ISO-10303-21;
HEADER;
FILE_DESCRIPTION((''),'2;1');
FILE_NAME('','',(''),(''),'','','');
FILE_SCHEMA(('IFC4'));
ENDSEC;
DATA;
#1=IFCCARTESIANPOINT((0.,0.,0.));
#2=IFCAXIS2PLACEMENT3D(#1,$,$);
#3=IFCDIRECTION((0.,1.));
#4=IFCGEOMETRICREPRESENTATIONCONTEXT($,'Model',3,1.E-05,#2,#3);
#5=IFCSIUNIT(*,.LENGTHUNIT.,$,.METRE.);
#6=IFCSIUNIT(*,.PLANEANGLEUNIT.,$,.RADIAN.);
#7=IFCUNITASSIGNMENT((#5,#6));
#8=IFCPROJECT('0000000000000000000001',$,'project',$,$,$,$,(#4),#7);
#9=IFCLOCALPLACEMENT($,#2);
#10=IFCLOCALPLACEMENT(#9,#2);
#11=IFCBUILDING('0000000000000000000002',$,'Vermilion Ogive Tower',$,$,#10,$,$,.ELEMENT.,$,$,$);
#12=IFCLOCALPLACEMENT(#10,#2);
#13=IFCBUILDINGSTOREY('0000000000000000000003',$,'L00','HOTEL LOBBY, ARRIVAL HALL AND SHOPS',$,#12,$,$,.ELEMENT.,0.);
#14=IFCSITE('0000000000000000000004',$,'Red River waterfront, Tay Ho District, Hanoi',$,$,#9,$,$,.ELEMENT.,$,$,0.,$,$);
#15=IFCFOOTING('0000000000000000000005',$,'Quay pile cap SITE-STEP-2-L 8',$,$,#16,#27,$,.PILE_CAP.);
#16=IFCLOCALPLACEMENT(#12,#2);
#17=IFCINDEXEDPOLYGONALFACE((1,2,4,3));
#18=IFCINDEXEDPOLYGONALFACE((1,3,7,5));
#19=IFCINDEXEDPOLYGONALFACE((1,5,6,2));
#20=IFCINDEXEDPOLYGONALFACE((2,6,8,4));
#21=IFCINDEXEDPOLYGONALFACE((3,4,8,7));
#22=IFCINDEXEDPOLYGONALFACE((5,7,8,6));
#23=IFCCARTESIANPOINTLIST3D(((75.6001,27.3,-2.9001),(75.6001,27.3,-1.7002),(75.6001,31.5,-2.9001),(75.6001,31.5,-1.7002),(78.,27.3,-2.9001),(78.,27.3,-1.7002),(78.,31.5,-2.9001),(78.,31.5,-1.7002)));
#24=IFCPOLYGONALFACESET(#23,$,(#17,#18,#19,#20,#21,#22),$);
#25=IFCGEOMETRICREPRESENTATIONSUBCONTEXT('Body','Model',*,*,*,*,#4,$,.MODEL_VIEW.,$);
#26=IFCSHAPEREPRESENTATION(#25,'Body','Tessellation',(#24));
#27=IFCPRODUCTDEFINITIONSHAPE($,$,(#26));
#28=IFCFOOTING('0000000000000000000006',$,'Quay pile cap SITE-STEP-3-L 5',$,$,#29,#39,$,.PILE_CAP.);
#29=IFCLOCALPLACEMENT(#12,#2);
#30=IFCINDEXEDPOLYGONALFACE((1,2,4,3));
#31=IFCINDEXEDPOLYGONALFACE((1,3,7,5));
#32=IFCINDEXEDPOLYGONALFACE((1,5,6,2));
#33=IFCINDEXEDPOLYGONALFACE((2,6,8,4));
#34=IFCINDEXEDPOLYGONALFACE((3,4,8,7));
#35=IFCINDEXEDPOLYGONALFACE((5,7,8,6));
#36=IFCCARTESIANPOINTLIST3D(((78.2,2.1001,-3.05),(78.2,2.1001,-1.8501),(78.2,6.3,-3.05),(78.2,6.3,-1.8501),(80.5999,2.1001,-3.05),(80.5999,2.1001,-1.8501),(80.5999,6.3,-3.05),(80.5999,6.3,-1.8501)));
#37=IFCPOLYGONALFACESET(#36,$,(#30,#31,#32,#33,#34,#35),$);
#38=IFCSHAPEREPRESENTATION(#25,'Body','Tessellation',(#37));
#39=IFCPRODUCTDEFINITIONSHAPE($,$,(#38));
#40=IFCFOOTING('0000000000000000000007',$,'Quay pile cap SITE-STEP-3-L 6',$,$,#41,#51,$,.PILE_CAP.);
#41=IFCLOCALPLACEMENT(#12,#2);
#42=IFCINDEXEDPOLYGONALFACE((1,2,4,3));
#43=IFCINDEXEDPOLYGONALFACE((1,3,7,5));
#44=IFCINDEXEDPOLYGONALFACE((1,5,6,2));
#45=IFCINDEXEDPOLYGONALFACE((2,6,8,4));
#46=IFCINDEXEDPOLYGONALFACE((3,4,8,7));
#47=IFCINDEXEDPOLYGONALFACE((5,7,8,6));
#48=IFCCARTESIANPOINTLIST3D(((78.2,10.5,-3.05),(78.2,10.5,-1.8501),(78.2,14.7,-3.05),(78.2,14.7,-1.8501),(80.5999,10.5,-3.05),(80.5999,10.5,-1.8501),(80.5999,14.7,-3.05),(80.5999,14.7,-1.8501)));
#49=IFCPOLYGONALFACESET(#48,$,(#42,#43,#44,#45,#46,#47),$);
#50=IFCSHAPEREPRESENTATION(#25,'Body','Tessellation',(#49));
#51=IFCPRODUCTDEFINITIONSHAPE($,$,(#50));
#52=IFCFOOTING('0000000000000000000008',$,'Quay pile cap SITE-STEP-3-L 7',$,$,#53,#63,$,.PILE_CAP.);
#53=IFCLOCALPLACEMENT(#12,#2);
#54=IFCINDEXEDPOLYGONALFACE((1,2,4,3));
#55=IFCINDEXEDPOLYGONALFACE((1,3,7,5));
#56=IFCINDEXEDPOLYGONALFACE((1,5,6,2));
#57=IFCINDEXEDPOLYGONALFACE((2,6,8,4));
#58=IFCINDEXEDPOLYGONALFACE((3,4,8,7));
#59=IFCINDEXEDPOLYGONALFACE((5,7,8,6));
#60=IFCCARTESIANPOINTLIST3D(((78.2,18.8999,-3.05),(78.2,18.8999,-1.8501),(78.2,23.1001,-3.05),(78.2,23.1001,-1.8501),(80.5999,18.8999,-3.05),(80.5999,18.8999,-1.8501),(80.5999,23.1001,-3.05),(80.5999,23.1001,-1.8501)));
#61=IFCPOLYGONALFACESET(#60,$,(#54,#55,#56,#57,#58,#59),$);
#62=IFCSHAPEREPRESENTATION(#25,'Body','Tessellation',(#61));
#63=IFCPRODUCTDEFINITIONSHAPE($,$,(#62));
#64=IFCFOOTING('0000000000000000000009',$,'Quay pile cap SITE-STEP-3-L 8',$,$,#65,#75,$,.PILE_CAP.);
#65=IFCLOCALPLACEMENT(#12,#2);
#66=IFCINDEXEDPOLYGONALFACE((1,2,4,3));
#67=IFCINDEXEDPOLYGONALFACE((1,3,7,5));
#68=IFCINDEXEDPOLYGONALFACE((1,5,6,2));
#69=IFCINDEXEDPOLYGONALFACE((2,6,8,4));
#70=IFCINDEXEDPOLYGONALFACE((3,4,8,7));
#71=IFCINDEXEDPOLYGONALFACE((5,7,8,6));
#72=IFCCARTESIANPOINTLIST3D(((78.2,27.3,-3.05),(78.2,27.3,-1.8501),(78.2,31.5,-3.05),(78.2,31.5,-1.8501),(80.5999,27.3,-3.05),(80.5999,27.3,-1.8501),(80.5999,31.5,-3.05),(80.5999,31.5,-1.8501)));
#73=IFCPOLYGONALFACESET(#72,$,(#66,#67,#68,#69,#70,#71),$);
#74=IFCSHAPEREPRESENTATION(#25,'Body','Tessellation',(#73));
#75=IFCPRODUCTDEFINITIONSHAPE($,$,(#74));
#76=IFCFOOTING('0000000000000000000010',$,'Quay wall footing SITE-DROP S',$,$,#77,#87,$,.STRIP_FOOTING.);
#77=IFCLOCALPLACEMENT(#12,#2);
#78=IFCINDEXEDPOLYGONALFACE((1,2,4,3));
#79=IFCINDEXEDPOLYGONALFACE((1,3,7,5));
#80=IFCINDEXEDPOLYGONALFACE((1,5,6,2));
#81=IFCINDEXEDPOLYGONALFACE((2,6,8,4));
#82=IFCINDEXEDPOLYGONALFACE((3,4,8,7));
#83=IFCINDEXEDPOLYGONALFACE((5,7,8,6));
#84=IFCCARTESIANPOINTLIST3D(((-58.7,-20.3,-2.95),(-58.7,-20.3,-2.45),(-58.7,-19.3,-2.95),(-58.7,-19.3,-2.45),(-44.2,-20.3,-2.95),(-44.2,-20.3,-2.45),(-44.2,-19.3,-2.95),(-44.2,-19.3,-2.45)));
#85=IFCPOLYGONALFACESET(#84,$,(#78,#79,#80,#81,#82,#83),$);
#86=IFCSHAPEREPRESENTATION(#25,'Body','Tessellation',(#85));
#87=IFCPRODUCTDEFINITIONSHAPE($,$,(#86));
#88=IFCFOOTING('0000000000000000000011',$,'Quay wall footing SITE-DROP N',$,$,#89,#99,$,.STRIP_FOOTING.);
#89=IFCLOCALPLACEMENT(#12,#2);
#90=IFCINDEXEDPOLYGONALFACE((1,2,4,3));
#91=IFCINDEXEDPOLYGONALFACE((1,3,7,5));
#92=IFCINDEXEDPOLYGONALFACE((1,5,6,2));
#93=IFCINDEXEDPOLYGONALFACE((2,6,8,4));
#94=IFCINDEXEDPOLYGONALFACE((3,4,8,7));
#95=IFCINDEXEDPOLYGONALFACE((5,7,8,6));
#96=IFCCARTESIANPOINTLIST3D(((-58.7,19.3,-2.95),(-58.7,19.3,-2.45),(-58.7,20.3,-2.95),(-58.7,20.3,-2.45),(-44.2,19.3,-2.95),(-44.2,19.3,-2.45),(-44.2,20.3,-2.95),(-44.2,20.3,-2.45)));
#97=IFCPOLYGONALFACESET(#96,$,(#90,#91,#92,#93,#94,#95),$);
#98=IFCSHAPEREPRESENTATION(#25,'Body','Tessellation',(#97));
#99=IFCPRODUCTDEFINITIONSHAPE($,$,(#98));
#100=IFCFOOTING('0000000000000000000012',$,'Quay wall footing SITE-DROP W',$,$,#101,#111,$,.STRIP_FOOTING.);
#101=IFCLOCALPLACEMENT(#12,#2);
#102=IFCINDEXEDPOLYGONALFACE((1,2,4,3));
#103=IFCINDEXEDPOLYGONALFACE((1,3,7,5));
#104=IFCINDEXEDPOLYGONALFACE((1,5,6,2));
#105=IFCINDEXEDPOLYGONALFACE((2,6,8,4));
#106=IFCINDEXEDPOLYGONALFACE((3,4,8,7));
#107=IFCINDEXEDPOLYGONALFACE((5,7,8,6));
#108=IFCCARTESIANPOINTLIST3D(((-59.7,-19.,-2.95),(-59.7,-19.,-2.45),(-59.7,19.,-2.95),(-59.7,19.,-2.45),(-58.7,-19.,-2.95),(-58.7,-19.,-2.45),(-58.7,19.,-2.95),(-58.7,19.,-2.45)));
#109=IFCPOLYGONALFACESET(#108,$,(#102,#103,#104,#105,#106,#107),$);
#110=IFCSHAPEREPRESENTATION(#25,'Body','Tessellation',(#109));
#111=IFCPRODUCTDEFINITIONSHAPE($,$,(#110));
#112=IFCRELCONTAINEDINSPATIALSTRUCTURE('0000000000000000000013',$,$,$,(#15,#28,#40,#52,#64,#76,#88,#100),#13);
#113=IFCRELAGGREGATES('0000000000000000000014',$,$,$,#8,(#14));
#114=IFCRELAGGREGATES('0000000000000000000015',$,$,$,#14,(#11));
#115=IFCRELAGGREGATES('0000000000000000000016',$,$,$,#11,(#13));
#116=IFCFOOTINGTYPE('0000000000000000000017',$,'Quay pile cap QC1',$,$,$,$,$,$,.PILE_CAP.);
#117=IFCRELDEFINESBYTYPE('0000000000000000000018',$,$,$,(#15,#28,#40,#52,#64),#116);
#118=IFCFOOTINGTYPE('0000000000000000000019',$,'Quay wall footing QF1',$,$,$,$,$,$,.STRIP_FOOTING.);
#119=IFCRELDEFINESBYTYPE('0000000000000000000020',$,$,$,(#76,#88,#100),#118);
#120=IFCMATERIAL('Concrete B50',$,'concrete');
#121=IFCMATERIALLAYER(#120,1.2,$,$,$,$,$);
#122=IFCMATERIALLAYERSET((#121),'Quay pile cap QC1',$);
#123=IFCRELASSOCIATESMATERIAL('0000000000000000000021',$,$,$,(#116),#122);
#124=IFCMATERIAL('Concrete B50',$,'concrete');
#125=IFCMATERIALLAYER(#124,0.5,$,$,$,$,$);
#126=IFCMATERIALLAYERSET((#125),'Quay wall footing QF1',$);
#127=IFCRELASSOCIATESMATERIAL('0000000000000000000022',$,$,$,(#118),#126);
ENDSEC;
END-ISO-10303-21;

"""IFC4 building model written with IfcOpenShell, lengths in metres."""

from ifc_helpers import new_model, si_unit, direction, frame, origin, place, context, subcontext, project, spatial, polyline, outline, extrude, material, layer, layer_set, type_object, element, save


model = new_model("IFC4")

# Units and contexts
model_context = context("Model", 3, precision=1e-05, world=origin(), true_north=direction((0.0, 1.0)))
body_context = subcontext(model_context, "Body", "Model", "MODEL_VIEW")
ifc_project = project(units=[si_unit("LENGTHUNIT", "METRE"), si_unit("PLANEANGLEUNIT", "RADIAN")], contexts=[model_context])

# Site, building, storey
site_placement = place(None, origin())
site = spatial("IfcSite", under=ifc_project, at=site_placement, Name="Red River waterfront, Tay Ho District, Hanoi", CompositionType="ELEMENT", RefElevation=0.0)
building_placement = place(site_placement, origin())
building = spatial("IfcBuilding", under=site, at=building_placement, Name="Vermilion Ogive Tower", CompositionType="ELEMENT")
storey_placement = place(building_placement, origin())
storey = spatial("IfcBuildingStorey", under=building, at=storey_placement, Name="L00", Description="HOTEL LOBBY, ARRIVAL HALL AND SHOPS", CompositionType="ELEMENT", Elevation=0.0)

# Footings
ifc_material_1 = material(Name="Concrete B50", Category="concrete")
ifc_layer_1 = layer(ifc_material_1, 1.2)
ifc_layer_set_1 = layer_set([ifc_layer_1], Name="Quay pile cap QC1")
footing_type_1 = type_object("IfcFootingType", Name="Quay pile cap QC1", PredefinedType="PILE_CAP", material=ifc_layer_set_1)
footing_1_placement = place(storey_placement, frame((0.0, 0.0, -2.9001)))
element("IfcFooting", 1, at=footing_1_placement, inside=storey, type_object=footing_type_1, Name="Quay pile cap SITE-STEP-2-L 8", PredefinedType="PILE_CAP", context=body_context, shape_type="SweptSolid", body=[
    extrude(outline(polyline([(78.0, 27.3), (78.0, 31.5), (75.6001, 31.5), (75.6001, 27.3), (78.0, 27.3)])), origin(), (0.0, 0.0, 1.0), 1.2),
])
footing_2_placement = place(storey_placement, frame((0.0, 0.0, -3.05)))
element("IfcFooting", 2, at=footing_2_placement, inside=storey, type_object=footing_type_1, Name="Quay pile cap SITE-STEP-3-L 5", PredefinedType="PILE_CAP", context=body_context, shape_type="SweptSolid", body=[
    extrude(outline(polyline([(80.5999, 2.1001), (80.5999, 6.3), (78.2, 6.3), (78.2, 2.1001), (80.5999, 2.1001)])), origin(), (0.0, 0.0, 1.0), 1.2),
])
footing_3_placement = place(storey_placement, frame((0.0, 0.0, -3.05)))
element("IfcFooting", 3, at=footing_3_placement, inside=storey, type_object=footing_type_1, Name="Quay pile cap SITE-STEP-3-L 6", PredefinedType="PILE_CAP", context=body_context, shape_type="SweptSolid", body=[
    extrude(outline(polyline([(80.5999, 10.5), (80.5999, 14.7), (78.2, 14.7), (78.2, 10.5), (80.5999, 10.5)])), origin(), (0.0, 0.0, 1.0), 1.2),
])
footing_4_placement = place(storey_placement, frame((0.0, 0.0, -3.05)))
element("IfcFooting", 4, at=footing_4_placement, inside=storey, type_object=footing_type_1, Name="Quay pile cap SITE-STEP-3-L 7", PredefinedType="PILE_CAP", context=body_context, shape_type="SweptSolid", body=[
    extrude(outline(polyline([(80.5999, 18.8999), (80.5999, 23.1001), (78.2, 23.1001), (78.2, 18.8999), (80.5999, 18.8999)])), origin(), (0.0, 0.0, 1.0), 1.2),
])
footing_5_placement = place(storey_placement, frame((0.0, 0.0, -3.05)))
element("IfcFooting", 5, at=footing_5_placement, inside=storey, type_object=footing_type_1, Name="Quay pile cap SITE-STEP-3-L 8", PredefinedType="PILE_CAP", context=body_context, shape_type="SweptSolid", body=[
    extrude(outline(polyline([(80.5999, 27.3), (80.5999, 31.5), (78.2, 31.5), (78.2, 27.3), (80.5999, 27.3)])), origin(), (0.0, 0.0, 1.0), 1.2),
])
ifc_material_2 = material(Name="Concrete B50", Category="concrete")
ifc_layer_2 = layer(ifc_material_2, 0.5)
ifc_layer_set_2 = layer_set([ifc_layer_2], Name="Quay wall footing QF1")
footing_type_2 = type_object("IfcFootingType", Name="Quay wall footing QF1", PredefinedType="STRIP_FOOTING", material=ifc_layer_set_2)
footing_6_placement = place(storey_placement, frame((0.0, 0.0, -2.95)))
element("IfcFooting", 6, at=footing_6_placement, inside=storey, type_object=footing_type_2, Name="Quay wall footing SITE-DROP S", PredefinedType="STRIP_FOOTING", context=body_context, shape_type="SweptSolid", body=[
    extrude(outline(polyline([(-44.2, -20.3), (-44.2, -19.3), (-58.7, -19.3), (-58.7, -20.3), (-44.2, -20.3)])), origin(), (0.0, 0.0, 1.0), 0.5),
])
footing_7_placement = place(storey_placement, frame((0.0, 0.0, -2.95)))
element("IfcFooting", 7, at=footing_7_placement, inside=storey, type_object=footing_type_2, Name="Quay wall footing SITE-DROP N", PredefinedType="STRIP_FOOTING", context=body_context, shape_type="SweptSolid", body=[
    extrude(outline(polyline([(-44.2, 19.3), (-44.2, 20.3), (-58.7, 20.3), (-58.7, 19.3), (-44.2, 19.3)])), origin(), (0.0, 0.0, 1.0), 0.5),
])
footing_8_placement = place(storey_placement, frame((0.0, 0.0, -2.95)))
element("IfcFooting", 8, at=footing_8_placement, inside=storey, type_object=footing_type_2, Name="Quay wall footing SITE-DROP W", PredefinedType="STRIP_FOOTING", context=body_context, shape_type="SweptSolid", body=[
    extrude(outline(polyline([(-58.7, -19.0), (-58.7, 19.0), (-59.7, 19.0), (-59.7, -19.0), (-58.7, -19.0)])), origin(), (0.0, 0.0, 1.0), 0.5),
])

save(model, "model.ifc")
